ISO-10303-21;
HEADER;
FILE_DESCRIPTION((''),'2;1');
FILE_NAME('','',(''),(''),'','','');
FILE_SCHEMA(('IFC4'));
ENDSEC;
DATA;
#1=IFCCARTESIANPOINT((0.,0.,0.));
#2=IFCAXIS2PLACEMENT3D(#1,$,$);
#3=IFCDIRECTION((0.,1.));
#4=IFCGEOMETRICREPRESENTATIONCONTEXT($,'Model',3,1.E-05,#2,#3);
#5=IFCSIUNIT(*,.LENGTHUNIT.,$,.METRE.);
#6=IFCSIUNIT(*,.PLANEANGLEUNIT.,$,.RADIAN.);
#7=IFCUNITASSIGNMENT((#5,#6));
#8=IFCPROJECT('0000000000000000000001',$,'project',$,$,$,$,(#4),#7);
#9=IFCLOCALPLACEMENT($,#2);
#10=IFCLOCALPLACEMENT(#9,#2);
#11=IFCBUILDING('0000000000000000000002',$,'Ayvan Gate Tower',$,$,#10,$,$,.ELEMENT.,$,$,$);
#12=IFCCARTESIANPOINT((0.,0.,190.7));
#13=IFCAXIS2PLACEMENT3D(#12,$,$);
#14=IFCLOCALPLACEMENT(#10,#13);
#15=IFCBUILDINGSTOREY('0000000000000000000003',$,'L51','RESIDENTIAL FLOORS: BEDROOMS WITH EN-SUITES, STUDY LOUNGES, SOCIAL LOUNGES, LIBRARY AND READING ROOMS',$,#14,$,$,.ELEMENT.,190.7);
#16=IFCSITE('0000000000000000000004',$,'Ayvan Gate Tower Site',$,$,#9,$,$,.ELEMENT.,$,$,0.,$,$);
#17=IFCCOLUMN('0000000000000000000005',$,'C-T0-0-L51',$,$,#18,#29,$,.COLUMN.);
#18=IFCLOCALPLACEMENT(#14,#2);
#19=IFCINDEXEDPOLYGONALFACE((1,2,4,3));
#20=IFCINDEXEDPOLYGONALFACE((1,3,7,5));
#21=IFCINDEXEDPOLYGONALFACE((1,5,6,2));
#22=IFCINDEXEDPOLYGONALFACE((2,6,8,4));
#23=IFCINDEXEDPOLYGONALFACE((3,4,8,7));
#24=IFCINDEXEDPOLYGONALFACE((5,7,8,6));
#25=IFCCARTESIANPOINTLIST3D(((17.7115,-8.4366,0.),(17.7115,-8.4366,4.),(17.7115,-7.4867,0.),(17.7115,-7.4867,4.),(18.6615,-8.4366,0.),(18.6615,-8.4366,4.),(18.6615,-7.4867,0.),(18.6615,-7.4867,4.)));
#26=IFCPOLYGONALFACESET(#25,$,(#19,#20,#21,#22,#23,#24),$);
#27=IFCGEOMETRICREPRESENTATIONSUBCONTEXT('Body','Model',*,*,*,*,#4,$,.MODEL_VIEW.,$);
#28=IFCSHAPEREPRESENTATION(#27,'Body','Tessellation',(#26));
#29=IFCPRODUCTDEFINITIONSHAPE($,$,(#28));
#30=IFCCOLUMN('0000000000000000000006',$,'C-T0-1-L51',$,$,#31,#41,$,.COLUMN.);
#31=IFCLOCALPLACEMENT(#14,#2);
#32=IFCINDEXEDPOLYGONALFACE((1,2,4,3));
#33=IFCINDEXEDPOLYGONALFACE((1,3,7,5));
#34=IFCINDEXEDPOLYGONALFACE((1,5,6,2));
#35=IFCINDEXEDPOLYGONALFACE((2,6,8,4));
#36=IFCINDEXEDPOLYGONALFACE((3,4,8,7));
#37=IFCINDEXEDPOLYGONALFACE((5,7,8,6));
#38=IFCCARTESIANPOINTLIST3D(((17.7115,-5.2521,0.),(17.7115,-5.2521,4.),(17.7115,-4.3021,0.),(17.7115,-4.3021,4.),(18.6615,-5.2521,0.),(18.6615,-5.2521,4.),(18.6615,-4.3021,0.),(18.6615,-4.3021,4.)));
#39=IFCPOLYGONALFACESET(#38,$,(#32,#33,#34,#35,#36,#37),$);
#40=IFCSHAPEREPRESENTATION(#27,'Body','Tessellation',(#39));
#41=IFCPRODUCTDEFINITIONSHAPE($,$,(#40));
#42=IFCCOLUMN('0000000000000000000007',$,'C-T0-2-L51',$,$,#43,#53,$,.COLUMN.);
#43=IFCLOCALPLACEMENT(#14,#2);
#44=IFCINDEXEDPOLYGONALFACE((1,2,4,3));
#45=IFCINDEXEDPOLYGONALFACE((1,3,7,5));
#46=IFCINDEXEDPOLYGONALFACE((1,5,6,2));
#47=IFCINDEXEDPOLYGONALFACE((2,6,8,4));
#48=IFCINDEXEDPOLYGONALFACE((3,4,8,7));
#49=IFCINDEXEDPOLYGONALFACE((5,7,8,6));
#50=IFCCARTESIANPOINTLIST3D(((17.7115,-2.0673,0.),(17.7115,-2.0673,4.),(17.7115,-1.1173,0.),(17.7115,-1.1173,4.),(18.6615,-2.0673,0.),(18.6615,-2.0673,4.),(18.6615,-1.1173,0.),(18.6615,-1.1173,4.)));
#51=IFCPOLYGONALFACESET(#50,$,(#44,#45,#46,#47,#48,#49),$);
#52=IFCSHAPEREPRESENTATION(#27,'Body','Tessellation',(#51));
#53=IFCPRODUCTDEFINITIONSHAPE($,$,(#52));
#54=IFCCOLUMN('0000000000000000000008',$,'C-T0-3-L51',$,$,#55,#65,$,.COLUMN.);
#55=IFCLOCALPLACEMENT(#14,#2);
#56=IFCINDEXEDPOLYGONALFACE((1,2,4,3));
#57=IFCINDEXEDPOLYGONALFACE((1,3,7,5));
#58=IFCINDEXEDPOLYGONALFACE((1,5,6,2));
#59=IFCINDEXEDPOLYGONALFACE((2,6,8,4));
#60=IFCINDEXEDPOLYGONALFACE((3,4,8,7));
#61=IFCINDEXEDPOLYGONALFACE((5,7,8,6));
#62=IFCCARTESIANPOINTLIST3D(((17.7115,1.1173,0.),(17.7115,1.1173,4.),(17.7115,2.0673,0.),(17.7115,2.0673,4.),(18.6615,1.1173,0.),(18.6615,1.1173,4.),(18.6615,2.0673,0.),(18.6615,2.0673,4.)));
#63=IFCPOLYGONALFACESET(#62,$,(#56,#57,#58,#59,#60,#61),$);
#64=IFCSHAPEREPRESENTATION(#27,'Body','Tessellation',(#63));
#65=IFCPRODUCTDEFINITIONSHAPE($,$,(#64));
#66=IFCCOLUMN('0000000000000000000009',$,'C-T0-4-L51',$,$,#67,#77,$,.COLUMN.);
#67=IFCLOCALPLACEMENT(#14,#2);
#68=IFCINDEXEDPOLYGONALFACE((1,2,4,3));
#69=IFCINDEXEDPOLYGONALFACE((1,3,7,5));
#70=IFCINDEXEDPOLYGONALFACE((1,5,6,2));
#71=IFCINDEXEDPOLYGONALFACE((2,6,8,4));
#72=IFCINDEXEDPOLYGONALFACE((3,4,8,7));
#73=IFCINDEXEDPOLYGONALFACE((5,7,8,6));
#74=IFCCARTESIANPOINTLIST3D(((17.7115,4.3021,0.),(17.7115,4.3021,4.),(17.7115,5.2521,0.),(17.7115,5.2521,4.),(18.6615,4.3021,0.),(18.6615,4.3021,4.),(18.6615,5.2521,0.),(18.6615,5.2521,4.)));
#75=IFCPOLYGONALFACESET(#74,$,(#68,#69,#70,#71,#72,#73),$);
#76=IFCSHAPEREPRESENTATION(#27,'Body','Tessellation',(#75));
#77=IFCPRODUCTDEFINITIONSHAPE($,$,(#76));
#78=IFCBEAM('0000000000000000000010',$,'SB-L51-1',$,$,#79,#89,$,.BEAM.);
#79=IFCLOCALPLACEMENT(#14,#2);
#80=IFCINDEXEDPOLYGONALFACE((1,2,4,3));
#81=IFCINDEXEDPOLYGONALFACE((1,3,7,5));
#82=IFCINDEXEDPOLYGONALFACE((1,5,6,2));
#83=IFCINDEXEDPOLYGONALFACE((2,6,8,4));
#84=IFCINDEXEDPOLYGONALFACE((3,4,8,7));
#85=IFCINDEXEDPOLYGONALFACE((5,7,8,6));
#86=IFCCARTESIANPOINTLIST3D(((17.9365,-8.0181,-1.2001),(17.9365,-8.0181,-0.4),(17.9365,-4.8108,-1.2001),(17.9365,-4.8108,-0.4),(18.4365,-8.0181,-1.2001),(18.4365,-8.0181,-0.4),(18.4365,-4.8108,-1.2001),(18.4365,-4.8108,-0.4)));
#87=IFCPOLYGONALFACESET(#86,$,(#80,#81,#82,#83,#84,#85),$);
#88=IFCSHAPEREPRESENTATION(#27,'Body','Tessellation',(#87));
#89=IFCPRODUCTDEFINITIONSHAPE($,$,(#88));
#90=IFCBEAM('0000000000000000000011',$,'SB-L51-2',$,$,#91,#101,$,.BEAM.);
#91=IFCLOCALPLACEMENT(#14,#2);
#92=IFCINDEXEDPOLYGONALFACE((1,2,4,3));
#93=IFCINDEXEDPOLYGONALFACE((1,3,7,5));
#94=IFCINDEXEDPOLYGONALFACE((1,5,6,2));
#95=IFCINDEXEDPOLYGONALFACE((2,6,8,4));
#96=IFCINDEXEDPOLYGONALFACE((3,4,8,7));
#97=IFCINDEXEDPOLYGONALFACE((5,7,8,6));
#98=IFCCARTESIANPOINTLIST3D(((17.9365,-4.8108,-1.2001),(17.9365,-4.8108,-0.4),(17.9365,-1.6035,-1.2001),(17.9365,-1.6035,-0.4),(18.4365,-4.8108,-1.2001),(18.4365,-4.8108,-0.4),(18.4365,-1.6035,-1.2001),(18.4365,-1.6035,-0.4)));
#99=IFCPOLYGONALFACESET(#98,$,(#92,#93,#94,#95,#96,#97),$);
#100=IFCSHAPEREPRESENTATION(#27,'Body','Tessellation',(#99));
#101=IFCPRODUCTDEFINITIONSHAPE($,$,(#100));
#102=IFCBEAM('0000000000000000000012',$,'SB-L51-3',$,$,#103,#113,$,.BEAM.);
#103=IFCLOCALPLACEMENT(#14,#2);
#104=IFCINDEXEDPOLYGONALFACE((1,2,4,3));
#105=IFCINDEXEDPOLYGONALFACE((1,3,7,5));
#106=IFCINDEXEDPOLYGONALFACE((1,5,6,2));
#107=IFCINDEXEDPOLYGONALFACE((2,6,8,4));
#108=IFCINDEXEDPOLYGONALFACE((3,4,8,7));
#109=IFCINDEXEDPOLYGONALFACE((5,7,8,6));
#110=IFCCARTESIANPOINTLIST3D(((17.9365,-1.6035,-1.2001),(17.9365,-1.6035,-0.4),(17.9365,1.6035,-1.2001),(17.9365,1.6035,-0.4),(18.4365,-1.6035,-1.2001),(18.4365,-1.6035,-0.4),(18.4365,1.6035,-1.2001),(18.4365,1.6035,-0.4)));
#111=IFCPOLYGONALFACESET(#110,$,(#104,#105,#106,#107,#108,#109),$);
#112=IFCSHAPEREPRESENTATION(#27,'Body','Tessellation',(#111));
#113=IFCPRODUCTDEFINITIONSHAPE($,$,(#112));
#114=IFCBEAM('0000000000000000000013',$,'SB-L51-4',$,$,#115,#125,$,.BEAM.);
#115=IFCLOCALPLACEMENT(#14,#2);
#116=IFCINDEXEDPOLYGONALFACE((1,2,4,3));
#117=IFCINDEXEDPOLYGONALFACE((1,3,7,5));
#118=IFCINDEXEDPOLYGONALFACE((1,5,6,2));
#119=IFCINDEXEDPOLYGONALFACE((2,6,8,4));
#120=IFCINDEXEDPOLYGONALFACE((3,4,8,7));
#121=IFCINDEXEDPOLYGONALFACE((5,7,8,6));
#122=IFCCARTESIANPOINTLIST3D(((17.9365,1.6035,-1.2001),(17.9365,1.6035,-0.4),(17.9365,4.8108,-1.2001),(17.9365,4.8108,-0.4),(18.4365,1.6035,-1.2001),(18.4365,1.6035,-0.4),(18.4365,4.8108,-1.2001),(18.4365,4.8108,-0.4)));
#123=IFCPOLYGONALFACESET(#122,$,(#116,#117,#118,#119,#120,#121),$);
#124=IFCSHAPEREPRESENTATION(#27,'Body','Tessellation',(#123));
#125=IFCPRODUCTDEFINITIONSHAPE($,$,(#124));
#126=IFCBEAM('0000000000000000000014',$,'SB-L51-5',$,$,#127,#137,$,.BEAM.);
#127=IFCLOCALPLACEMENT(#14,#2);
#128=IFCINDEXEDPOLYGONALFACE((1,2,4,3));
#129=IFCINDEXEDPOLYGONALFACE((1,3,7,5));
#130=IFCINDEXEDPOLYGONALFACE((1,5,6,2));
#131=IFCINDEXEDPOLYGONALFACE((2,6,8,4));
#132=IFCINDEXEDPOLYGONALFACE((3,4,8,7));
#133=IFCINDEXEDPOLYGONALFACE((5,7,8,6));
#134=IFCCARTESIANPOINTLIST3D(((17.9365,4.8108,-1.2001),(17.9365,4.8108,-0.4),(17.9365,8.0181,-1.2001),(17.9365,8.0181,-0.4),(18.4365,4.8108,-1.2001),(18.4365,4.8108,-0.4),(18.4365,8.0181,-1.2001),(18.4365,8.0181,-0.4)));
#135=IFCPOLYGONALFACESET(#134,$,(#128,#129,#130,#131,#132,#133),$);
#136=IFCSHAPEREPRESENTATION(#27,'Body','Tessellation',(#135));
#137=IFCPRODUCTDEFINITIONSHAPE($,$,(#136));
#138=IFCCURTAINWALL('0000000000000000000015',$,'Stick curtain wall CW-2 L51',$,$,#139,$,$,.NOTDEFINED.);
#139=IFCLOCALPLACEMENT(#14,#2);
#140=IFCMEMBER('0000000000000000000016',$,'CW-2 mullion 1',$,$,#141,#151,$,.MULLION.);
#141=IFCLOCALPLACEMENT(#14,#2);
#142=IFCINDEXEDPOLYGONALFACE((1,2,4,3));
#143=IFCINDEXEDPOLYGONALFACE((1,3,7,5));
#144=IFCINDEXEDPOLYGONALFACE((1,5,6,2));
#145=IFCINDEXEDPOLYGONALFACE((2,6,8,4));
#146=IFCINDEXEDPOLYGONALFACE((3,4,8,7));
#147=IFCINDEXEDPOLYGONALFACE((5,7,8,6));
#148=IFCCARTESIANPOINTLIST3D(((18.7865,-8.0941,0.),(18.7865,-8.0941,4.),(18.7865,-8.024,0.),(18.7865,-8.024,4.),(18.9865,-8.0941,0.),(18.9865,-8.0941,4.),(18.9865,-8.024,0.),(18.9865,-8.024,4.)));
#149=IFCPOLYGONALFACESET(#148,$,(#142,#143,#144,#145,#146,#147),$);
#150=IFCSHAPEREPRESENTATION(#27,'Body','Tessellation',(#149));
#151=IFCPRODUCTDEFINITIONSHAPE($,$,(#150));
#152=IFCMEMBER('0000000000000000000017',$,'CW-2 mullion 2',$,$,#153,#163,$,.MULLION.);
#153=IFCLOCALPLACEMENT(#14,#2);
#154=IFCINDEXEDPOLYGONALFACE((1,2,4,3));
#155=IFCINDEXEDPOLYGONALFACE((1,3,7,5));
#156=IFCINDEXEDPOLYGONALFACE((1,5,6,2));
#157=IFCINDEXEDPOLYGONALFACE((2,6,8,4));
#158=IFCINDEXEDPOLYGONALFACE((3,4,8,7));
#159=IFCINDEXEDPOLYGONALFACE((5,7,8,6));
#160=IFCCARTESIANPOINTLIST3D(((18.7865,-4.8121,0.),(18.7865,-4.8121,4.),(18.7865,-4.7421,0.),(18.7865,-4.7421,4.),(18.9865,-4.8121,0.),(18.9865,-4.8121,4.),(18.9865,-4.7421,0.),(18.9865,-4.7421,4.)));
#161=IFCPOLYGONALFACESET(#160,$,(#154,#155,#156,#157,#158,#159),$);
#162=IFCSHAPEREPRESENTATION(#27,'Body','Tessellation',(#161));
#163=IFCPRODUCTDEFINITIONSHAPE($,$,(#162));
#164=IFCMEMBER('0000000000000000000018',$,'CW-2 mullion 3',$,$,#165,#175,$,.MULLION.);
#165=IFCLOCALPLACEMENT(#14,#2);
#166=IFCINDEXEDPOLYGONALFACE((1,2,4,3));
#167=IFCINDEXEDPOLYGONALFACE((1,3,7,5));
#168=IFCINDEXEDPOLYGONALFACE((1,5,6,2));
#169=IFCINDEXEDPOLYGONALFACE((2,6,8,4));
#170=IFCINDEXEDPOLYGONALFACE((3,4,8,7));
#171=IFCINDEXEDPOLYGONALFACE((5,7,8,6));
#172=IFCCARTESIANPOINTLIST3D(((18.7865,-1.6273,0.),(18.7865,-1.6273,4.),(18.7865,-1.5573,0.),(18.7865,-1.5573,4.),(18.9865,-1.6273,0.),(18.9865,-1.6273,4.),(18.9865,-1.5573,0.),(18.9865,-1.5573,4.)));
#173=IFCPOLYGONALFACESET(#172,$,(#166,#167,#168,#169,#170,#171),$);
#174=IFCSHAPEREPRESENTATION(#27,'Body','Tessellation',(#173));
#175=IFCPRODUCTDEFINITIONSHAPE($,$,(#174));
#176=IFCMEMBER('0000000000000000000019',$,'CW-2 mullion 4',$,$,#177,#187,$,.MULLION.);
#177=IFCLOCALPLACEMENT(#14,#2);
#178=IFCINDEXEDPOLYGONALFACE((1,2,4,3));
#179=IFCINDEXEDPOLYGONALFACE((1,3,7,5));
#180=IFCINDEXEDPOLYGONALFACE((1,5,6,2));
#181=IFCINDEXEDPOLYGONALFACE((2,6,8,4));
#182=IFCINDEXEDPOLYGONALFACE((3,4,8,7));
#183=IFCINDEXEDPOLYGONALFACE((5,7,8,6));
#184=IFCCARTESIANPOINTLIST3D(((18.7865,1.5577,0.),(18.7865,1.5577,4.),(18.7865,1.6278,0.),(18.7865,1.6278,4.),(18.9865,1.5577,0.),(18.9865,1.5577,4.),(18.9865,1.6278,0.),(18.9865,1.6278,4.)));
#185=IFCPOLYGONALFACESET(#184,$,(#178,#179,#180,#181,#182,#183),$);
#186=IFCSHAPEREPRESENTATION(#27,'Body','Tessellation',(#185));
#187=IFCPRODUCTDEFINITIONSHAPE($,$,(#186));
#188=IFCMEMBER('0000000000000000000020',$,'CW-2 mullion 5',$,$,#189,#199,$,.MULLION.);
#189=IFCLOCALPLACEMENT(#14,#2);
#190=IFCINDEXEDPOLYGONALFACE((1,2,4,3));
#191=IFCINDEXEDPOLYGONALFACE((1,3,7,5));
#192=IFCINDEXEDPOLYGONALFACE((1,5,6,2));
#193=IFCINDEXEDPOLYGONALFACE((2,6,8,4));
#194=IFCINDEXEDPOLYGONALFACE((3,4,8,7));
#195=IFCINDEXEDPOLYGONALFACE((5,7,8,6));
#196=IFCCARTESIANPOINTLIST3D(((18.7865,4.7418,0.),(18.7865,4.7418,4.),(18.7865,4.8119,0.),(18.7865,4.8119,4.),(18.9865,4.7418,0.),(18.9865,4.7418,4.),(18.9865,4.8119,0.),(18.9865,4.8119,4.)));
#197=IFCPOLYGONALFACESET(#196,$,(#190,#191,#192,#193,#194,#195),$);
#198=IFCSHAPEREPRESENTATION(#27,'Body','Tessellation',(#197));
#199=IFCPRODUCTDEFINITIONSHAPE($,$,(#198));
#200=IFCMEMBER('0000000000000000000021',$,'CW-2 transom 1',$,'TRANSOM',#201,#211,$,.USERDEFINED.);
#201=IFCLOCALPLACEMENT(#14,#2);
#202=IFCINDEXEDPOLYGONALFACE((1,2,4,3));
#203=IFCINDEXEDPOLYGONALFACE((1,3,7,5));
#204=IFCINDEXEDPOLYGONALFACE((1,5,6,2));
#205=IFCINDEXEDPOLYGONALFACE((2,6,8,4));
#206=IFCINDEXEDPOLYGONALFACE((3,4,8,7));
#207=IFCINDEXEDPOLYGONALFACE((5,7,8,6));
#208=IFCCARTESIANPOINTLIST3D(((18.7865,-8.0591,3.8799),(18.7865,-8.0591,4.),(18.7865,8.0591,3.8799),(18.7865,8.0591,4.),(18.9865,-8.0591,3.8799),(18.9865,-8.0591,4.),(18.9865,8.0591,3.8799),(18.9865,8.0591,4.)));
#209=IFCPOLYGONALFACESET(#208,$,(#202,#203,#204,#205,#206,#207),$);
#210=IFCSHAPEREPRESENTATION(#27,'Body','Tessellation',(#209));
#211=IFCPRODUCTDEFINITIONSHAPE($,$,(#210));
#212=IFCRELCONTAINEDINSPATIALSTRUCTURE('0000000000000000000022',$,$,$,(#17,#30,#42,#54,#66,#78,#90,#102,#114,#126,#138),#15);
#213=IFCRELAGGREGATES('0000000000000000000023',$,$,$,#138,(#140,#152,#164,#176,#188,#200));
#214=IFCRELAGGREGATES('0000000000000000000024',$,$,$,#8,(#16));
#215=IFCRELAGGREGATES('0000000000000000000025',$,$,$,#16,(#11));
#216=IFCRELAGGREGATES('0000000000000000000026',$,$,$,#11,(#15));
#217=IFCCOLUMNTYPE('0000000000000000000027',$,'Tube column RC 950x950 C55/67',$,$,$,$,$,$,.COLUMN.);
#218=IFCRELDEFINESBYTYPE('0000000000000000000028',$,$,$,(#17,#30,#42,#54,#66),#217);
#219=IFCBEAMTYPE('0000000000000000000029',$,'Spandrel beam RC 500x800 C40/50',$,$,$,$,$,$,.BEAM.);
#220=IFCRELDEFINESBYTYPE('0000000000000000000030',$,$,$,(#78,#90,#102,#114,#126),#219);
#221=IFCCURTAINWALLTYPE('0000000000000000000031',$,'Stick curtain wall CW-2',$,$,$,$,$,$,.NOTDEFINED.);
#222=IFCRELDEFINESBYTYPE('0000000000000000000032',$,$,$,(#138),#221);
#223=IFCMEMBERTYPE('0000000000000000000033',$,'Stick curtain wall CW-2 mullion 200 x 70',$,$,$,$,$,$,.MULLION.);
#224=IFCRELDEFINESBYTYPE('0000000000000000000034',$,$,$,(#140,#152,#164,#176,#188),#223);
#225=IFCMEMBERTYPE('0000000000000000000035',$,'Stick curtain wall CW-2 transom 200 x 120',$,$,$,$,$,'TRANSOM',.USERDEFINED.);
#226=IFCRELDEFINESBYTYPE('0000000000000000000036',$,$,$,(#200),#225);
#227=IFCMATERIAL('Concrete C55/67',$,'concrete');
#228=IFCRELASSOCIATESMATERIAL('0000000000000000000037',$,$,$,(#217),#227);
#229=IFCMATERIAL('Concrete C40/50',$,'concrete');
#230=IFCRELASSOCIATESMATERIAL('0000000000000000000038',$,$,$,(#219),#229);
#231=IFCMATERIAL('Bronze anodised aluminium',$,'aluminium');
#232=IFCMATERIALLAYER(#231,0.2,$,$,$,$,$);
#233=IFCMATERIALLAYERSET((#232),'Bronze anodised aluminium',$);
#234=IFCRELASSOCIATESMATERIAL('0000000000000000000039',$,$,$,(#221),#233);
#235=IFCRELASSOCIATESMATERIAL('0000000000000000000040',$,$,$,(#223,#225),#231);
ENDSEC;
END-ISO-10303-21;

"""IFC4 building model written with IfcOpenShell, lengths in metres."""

from ifc_helpers import new_model, si_unit, direction, frame, origin, origin_2d, place, context, subcontext, project, spatial, rectangle, extrude, material, layer, layer_set, material_profile, profile_set, type_object, element, aggregate, save


model = new_model("IFC4")

# Units and contexts
model_context = context("Model", 3, precision=1e-05, world=origin(), true_north=direction((0.0, 1.0)))
body_context = subcontext(model_context, "Body", "Model", "MODEL_VIEW")
ifc_project = project(units=[si_unit("LENGTHUNIT", "METRE"), si_unit("PLANEANGLEUNIT", "RADIAN")], contexts=[model_context])

# Site, building, storey
site_placement = place(None, origin())
site = spatial("IfcSite", under=ifc_project, at=site_placement, Name="Ayvan Gate Tower Site", CompositionType="ELEMENT", RefElevation=0.0)
building_placement = place(site_placement, origin())
building = spatial("IfcBuilding", under=site, at=building_placement, Name="Ayvan Gate Tower", CompositionType="ELEMENT")
storey_placement = place(building_placement, frame((0.0, 0.0, 190.7)))
storey = spatial("IfcBuildingStorey", under=building, at=storey_placement, Name="L51", Description="RESIDENTIAL FLOORS: BEDROOMS WITH EN-SUITES, STUDY LOUNGES, SOCIAL LOUNGES, LIBRARY AND READING ROOMS", CompositionType="ELEMENT", Elevation=190.7)

# Columns
ifc_material_1 = material(Name="Concrete C55/67", Category="concrete")
ifc_material_profile_1 = material_profile(ifc_material_1, rectangle(XDim=0.95, YDim=0.95, at=origin_2d()), Name="RC 950x950")
ifc_profile_set_1 = profile_set([ifc_material_profile_1], Name="Concrete C55/67")
column_type = type_object("IfcColumnType", Name="Tube column RC 950x950 C55/67", PredefinedType="COLUMN", material=ifc_profile_set_1)
for number, where, z_axis, x_axis, name in (
    (1, (18.1865, -7.9617, 0.0), (0.0, 0.0, 1.0), (1.0, 0.0, 0.0), "C-T0-0-L51"),
    (2, (18.1865, -4.7771, 0.0), (0.0, 0.0, 1.0), (1.0, 0.0, 0.0), "C-T0-1-L51"),
    (3, (18.1865, -1.5923, 0.0), (0.0, 0.0, 1.0), (1.0, 0.0, 0.0), "C-T0-2-L51"),
    (4, (18.1865, 1.5923, 0.0), (0.0, 0.0, 1.0), (1.0, 0.0, 0.0), "C-T0-3-L51"),
    (5, (18.1865, 4.7771, 0.0), (0.0, 0.0, 1.0), (1.0, 0.0, 0.0), "C-T0-4-L51"),
):
    element("IfcColumn", number, at=place(storey_placement, frame(where, z_axis=z_axis, x_axis=x_axis)), inside=storey, type_object=column_type, Name=name, PredefinedType="COLUMN", context=body_context, shape_type="SweptSolid", body=[
        extrude(rectangle(XDim=0.95, YDim=0.95, at=origin_2d()), origin(), (0.0, 0.0, 1.0), 4.0),
    ])

# Beams
ifc_material_2 = material(Name="Concrete C40/50", Category="concrete")
ifc_material_profile_2 = material_profile(ifc_material_2, rectangle(XDim=0.5, YDim=0.8, at=origin_2d()), Name="RC 500x800")
ifc_profile_set_2 = profile_set([ifc_material_profile_2], Name="Concrete C40/50")
beam_type = type_object("IfcBeamType", Name="Spandrel beam RC 500x800 C40/50", PredefinedType="BEAM", material=ifc_profile_set_2)
for number, where, z_axis, x_axis, name in (
    (6, (18.1865, -8.0181, -0.8), (0.0, 1.0, 0.0), (-1.0, 0.0, 0.0), "SB-L51-1"),
    (7, (18.1865, -4.8108, -0.8), (0.0, 1.0, 0.0), (-1.0, 0.0, 0.0), "SB-L51-2"),
):
    element("IfcBeam", number, at=place(storey_placement, frame(where, z_axis=z_axis, x_axis=x_axis)), inside=storey, type_object=beam_type, Name=name, PredefinedType="BEAM", context=body_context, shape_type="SweptSolid", body=[
        extrude(rectangle(XDim=0.5, YDim=0.8, at=origin_2d()), origin(), (0.0, 0.0, 1.0), 3.2073),
    ])
beam_placement = place(storey_placement, frame((18.1865, -1.6035, -0.8), z_axis=(0.0, 1.0, 0.0), x_axis=(-1.0, 0.0, 0.0)))
element("IfcBeam", 8, at=beam_placement, inside=storey, type_object=beam_type, Name="SB-L51-3", PredefinedType="BEAM", context=body_context, shape_type="SweptSolid", body=[
    extrude(rectangle(XDim=0.5, YDim=0.8, at=origin_2d()), origin(), (0.0, 0.0, 1.0), 3.207),
])
for number, where, z_axis, x_axis, name in (
    (9, (18.1865, 1.6035, -0.8), (0.0, 1.0, 0.0), (-1.0, 0.0, 0.0), "SB-L51-4"),
    (10, (18.1865, 4.8108, -0.8), (0.0, 1.0, 0.0), (-1.0, 0.0, 0.0), "SB-L51-5"),
):
    element("IfcBeam", number, at=place(storey_placement, frame(where, z_axis=z_axis, x_axis=x_axis)), inside=storey, type_object=beam_type, Name=name, PredefinedType="BEAM", context=body_context, shape_type="SweptSolid", body=[
        extrude(rectangle(XDim=0.5, YDim=0.8, at=origin_2d()), origin(), (0.0, 0.0, 1.0), 3.2073),
    ])

# Curtain wall, members
ifc_material_3 = material(Name="Bronze anodised aluminium", Category="aluminium")
ifc_layer_1 = layer(ifc_material_3, 0.2)
ifc_layer_set_1 = layer_set([ifc_layer_1], Name="Bronze anodised aluminium")
curtain_wall_type_1 = type_object("IfcCurtainWallType", Name="Stick curtain wall CW-2", PredefinedType="NOTDEFINED", material=ifc_layer_set_1)
curtain_wall_1_placement = place(storey_placement, origin())
curtain_wall_1 = element("IfcCurtainWall", 11, at=curtain_wall_1_placement, inside=storey, type_object=curtain_wall_type_1, Name="Stick curtain wall CW-2 L51", PredefinedType="NOTDEFINED")
ifc_material_profile_3 = material_profile(ifc_material_3, rectangle(XDim=0.2, YDim=0.0701, at=origin_2d()), Name="Stick curtain wall CW-2 mullion 200 x 70")
ifc_profile_set_3 = profile_set([ifc_material_profile_3], Name="Bronze anodised aluminium")
member_type_1 = type_object("IfcMemberType", Name="Stick curtain wall CW-2 mullion 200 x 70", PredefinedType="MULLION", material=ifc_profile_set_3)
member_1_placement = place(storey_placement, frame((18.8865, -8.0591, 0.0), z_axis=(0.0, 0.0, 1.0), x_axis=(1.0, 0.0, 0.0)))
member_1 = element("IfcMember", 12, at=member_1_placement, type_object=member_type_1, Name="CW-2 mullion 1", PredefinedType="MULLION", context=body_context, shape_type="SweptSolid", body=[
    extrude(rectangle(XDim=0.2, YDim=0.0701, at=origin_2d()), origin(), (0.0, 0.0, 1.0), 4.0),
])
member_2_placement = place(storey_placement, frame((18.8865, -4.7771, 0.0), z_axis=(0.0, 0.0, 1.0), x_axis=(1.0, 0.0, 0.0)))
member_2 = element("IfcMember", 13, at=member_2_placement, type_object=member_type_1, Name="CW-2 mullion 2", PredefinedType="MULLION", context=body_context, shape_type="SweptSolid", body=[
    extrude(rectangle(XDim=0.2, YDim=0.0701, at=origin_2d()), origin(), (0.0, 0.0, 1.0), 4.0),
])
member_3_placement = place(storey_placement, frame((18.8865, -1.5923, 0.0), z_axis=(0.0, 0.0, 1.0), x_axis=(1.0, 0.0, 0.0)))
member_3 = element("IfcMember", 14, at=member_3_placement, type_object=member_type_1, Name="CW-2 mullion 3", PredefinedType="MULLION", context=body_context, shape_type="SweptSolid", body=[
    extrude(rectangle(XDim=0.2, YDim=0.0701, at=origin_2d()), origin(), (0.0, 0.0, 1.0), 4.0),
])
member_4_placement = place(storey_placement, frame((18.8865, 1.5928, 0.0), z_axis=(0.0, 0.0, 1.0), x_axis=(1.0, 0.0, 0.0)))
member_4 = element("IfcMember", 15, at=member_4_placement, type_object=member_type_1, Name="CW-2 mullion 4", PredefinedType="MULLION", context=body_context, shape_type="SweptSolid", body=[
    extrude(rectangle(XDim=0.2, YDim=0.0701, at=origin_2d()), origin(), (0.0, 0.0, 1.0), 4.0),
])
member_5_placement = place(storey_placement, frame((18.8865, 4.7769, 0.0), z_axis=(0.0, 0.0, 1.0), x_axis=(1.0, 0.0, 0.0)))
member_5 = element("IfcMember", 16, at=member_5_placement, type_object=member_type_1, Name="CW-2 mullion 5", PredefinedType="MULLION", context=body_context, shape_type="SweptSolid", body=[
    extrude(rectangle(XDim=0.2, YDim=0.0701, at=origin_2d()), origin(), (0.0, 0.0, 1.0), 4.0),
])
ifc_material_profile_4 = material_profile(ifc_material_3, rectangle(XDim=0.2, YDim=0.1201, at=origin_2d()), Name="Stick curtain wall CW-2 transom 200 x 120")
ifc_profile_set_4 = profile_set([ifc_material_profile_4], Name="Bronze anodised aluminium")
member_type_2 = type_object("IfcMemberType", Name="Stick curtain wall CW-2 transom 200 x 120", ElementType="TRANSOM", PredefinedType="USERDEFINED", material=ifc_profile_set_4)
member_6_placement = place(storey_placement, frame((18.8865, -8.0591, 3.9399), z_axis=(0.0, 1.0, 0.0), x_axis=(-1.0, 0.0, 0.0)))
member_6 = element("IfcMember", 17, at=member_6_placement, type_object=member_type_2, Name="CW-2 transom 1", ObjectType="TRANSOM", PredefinedType="USERDEFINED", context=body_context, shape_type="SweptSolid", body=[
    extrude(rectangle(XDim=0.2, YDim=0.1201, at=origin_2d()), origin(), (0.0, 0.0, 1.0), 16.1182),
])

aggregate(curtain_wall_1, [member_1, member_2, member_3, member_4, member_5, member_6])

save(model, "model.ifc")
